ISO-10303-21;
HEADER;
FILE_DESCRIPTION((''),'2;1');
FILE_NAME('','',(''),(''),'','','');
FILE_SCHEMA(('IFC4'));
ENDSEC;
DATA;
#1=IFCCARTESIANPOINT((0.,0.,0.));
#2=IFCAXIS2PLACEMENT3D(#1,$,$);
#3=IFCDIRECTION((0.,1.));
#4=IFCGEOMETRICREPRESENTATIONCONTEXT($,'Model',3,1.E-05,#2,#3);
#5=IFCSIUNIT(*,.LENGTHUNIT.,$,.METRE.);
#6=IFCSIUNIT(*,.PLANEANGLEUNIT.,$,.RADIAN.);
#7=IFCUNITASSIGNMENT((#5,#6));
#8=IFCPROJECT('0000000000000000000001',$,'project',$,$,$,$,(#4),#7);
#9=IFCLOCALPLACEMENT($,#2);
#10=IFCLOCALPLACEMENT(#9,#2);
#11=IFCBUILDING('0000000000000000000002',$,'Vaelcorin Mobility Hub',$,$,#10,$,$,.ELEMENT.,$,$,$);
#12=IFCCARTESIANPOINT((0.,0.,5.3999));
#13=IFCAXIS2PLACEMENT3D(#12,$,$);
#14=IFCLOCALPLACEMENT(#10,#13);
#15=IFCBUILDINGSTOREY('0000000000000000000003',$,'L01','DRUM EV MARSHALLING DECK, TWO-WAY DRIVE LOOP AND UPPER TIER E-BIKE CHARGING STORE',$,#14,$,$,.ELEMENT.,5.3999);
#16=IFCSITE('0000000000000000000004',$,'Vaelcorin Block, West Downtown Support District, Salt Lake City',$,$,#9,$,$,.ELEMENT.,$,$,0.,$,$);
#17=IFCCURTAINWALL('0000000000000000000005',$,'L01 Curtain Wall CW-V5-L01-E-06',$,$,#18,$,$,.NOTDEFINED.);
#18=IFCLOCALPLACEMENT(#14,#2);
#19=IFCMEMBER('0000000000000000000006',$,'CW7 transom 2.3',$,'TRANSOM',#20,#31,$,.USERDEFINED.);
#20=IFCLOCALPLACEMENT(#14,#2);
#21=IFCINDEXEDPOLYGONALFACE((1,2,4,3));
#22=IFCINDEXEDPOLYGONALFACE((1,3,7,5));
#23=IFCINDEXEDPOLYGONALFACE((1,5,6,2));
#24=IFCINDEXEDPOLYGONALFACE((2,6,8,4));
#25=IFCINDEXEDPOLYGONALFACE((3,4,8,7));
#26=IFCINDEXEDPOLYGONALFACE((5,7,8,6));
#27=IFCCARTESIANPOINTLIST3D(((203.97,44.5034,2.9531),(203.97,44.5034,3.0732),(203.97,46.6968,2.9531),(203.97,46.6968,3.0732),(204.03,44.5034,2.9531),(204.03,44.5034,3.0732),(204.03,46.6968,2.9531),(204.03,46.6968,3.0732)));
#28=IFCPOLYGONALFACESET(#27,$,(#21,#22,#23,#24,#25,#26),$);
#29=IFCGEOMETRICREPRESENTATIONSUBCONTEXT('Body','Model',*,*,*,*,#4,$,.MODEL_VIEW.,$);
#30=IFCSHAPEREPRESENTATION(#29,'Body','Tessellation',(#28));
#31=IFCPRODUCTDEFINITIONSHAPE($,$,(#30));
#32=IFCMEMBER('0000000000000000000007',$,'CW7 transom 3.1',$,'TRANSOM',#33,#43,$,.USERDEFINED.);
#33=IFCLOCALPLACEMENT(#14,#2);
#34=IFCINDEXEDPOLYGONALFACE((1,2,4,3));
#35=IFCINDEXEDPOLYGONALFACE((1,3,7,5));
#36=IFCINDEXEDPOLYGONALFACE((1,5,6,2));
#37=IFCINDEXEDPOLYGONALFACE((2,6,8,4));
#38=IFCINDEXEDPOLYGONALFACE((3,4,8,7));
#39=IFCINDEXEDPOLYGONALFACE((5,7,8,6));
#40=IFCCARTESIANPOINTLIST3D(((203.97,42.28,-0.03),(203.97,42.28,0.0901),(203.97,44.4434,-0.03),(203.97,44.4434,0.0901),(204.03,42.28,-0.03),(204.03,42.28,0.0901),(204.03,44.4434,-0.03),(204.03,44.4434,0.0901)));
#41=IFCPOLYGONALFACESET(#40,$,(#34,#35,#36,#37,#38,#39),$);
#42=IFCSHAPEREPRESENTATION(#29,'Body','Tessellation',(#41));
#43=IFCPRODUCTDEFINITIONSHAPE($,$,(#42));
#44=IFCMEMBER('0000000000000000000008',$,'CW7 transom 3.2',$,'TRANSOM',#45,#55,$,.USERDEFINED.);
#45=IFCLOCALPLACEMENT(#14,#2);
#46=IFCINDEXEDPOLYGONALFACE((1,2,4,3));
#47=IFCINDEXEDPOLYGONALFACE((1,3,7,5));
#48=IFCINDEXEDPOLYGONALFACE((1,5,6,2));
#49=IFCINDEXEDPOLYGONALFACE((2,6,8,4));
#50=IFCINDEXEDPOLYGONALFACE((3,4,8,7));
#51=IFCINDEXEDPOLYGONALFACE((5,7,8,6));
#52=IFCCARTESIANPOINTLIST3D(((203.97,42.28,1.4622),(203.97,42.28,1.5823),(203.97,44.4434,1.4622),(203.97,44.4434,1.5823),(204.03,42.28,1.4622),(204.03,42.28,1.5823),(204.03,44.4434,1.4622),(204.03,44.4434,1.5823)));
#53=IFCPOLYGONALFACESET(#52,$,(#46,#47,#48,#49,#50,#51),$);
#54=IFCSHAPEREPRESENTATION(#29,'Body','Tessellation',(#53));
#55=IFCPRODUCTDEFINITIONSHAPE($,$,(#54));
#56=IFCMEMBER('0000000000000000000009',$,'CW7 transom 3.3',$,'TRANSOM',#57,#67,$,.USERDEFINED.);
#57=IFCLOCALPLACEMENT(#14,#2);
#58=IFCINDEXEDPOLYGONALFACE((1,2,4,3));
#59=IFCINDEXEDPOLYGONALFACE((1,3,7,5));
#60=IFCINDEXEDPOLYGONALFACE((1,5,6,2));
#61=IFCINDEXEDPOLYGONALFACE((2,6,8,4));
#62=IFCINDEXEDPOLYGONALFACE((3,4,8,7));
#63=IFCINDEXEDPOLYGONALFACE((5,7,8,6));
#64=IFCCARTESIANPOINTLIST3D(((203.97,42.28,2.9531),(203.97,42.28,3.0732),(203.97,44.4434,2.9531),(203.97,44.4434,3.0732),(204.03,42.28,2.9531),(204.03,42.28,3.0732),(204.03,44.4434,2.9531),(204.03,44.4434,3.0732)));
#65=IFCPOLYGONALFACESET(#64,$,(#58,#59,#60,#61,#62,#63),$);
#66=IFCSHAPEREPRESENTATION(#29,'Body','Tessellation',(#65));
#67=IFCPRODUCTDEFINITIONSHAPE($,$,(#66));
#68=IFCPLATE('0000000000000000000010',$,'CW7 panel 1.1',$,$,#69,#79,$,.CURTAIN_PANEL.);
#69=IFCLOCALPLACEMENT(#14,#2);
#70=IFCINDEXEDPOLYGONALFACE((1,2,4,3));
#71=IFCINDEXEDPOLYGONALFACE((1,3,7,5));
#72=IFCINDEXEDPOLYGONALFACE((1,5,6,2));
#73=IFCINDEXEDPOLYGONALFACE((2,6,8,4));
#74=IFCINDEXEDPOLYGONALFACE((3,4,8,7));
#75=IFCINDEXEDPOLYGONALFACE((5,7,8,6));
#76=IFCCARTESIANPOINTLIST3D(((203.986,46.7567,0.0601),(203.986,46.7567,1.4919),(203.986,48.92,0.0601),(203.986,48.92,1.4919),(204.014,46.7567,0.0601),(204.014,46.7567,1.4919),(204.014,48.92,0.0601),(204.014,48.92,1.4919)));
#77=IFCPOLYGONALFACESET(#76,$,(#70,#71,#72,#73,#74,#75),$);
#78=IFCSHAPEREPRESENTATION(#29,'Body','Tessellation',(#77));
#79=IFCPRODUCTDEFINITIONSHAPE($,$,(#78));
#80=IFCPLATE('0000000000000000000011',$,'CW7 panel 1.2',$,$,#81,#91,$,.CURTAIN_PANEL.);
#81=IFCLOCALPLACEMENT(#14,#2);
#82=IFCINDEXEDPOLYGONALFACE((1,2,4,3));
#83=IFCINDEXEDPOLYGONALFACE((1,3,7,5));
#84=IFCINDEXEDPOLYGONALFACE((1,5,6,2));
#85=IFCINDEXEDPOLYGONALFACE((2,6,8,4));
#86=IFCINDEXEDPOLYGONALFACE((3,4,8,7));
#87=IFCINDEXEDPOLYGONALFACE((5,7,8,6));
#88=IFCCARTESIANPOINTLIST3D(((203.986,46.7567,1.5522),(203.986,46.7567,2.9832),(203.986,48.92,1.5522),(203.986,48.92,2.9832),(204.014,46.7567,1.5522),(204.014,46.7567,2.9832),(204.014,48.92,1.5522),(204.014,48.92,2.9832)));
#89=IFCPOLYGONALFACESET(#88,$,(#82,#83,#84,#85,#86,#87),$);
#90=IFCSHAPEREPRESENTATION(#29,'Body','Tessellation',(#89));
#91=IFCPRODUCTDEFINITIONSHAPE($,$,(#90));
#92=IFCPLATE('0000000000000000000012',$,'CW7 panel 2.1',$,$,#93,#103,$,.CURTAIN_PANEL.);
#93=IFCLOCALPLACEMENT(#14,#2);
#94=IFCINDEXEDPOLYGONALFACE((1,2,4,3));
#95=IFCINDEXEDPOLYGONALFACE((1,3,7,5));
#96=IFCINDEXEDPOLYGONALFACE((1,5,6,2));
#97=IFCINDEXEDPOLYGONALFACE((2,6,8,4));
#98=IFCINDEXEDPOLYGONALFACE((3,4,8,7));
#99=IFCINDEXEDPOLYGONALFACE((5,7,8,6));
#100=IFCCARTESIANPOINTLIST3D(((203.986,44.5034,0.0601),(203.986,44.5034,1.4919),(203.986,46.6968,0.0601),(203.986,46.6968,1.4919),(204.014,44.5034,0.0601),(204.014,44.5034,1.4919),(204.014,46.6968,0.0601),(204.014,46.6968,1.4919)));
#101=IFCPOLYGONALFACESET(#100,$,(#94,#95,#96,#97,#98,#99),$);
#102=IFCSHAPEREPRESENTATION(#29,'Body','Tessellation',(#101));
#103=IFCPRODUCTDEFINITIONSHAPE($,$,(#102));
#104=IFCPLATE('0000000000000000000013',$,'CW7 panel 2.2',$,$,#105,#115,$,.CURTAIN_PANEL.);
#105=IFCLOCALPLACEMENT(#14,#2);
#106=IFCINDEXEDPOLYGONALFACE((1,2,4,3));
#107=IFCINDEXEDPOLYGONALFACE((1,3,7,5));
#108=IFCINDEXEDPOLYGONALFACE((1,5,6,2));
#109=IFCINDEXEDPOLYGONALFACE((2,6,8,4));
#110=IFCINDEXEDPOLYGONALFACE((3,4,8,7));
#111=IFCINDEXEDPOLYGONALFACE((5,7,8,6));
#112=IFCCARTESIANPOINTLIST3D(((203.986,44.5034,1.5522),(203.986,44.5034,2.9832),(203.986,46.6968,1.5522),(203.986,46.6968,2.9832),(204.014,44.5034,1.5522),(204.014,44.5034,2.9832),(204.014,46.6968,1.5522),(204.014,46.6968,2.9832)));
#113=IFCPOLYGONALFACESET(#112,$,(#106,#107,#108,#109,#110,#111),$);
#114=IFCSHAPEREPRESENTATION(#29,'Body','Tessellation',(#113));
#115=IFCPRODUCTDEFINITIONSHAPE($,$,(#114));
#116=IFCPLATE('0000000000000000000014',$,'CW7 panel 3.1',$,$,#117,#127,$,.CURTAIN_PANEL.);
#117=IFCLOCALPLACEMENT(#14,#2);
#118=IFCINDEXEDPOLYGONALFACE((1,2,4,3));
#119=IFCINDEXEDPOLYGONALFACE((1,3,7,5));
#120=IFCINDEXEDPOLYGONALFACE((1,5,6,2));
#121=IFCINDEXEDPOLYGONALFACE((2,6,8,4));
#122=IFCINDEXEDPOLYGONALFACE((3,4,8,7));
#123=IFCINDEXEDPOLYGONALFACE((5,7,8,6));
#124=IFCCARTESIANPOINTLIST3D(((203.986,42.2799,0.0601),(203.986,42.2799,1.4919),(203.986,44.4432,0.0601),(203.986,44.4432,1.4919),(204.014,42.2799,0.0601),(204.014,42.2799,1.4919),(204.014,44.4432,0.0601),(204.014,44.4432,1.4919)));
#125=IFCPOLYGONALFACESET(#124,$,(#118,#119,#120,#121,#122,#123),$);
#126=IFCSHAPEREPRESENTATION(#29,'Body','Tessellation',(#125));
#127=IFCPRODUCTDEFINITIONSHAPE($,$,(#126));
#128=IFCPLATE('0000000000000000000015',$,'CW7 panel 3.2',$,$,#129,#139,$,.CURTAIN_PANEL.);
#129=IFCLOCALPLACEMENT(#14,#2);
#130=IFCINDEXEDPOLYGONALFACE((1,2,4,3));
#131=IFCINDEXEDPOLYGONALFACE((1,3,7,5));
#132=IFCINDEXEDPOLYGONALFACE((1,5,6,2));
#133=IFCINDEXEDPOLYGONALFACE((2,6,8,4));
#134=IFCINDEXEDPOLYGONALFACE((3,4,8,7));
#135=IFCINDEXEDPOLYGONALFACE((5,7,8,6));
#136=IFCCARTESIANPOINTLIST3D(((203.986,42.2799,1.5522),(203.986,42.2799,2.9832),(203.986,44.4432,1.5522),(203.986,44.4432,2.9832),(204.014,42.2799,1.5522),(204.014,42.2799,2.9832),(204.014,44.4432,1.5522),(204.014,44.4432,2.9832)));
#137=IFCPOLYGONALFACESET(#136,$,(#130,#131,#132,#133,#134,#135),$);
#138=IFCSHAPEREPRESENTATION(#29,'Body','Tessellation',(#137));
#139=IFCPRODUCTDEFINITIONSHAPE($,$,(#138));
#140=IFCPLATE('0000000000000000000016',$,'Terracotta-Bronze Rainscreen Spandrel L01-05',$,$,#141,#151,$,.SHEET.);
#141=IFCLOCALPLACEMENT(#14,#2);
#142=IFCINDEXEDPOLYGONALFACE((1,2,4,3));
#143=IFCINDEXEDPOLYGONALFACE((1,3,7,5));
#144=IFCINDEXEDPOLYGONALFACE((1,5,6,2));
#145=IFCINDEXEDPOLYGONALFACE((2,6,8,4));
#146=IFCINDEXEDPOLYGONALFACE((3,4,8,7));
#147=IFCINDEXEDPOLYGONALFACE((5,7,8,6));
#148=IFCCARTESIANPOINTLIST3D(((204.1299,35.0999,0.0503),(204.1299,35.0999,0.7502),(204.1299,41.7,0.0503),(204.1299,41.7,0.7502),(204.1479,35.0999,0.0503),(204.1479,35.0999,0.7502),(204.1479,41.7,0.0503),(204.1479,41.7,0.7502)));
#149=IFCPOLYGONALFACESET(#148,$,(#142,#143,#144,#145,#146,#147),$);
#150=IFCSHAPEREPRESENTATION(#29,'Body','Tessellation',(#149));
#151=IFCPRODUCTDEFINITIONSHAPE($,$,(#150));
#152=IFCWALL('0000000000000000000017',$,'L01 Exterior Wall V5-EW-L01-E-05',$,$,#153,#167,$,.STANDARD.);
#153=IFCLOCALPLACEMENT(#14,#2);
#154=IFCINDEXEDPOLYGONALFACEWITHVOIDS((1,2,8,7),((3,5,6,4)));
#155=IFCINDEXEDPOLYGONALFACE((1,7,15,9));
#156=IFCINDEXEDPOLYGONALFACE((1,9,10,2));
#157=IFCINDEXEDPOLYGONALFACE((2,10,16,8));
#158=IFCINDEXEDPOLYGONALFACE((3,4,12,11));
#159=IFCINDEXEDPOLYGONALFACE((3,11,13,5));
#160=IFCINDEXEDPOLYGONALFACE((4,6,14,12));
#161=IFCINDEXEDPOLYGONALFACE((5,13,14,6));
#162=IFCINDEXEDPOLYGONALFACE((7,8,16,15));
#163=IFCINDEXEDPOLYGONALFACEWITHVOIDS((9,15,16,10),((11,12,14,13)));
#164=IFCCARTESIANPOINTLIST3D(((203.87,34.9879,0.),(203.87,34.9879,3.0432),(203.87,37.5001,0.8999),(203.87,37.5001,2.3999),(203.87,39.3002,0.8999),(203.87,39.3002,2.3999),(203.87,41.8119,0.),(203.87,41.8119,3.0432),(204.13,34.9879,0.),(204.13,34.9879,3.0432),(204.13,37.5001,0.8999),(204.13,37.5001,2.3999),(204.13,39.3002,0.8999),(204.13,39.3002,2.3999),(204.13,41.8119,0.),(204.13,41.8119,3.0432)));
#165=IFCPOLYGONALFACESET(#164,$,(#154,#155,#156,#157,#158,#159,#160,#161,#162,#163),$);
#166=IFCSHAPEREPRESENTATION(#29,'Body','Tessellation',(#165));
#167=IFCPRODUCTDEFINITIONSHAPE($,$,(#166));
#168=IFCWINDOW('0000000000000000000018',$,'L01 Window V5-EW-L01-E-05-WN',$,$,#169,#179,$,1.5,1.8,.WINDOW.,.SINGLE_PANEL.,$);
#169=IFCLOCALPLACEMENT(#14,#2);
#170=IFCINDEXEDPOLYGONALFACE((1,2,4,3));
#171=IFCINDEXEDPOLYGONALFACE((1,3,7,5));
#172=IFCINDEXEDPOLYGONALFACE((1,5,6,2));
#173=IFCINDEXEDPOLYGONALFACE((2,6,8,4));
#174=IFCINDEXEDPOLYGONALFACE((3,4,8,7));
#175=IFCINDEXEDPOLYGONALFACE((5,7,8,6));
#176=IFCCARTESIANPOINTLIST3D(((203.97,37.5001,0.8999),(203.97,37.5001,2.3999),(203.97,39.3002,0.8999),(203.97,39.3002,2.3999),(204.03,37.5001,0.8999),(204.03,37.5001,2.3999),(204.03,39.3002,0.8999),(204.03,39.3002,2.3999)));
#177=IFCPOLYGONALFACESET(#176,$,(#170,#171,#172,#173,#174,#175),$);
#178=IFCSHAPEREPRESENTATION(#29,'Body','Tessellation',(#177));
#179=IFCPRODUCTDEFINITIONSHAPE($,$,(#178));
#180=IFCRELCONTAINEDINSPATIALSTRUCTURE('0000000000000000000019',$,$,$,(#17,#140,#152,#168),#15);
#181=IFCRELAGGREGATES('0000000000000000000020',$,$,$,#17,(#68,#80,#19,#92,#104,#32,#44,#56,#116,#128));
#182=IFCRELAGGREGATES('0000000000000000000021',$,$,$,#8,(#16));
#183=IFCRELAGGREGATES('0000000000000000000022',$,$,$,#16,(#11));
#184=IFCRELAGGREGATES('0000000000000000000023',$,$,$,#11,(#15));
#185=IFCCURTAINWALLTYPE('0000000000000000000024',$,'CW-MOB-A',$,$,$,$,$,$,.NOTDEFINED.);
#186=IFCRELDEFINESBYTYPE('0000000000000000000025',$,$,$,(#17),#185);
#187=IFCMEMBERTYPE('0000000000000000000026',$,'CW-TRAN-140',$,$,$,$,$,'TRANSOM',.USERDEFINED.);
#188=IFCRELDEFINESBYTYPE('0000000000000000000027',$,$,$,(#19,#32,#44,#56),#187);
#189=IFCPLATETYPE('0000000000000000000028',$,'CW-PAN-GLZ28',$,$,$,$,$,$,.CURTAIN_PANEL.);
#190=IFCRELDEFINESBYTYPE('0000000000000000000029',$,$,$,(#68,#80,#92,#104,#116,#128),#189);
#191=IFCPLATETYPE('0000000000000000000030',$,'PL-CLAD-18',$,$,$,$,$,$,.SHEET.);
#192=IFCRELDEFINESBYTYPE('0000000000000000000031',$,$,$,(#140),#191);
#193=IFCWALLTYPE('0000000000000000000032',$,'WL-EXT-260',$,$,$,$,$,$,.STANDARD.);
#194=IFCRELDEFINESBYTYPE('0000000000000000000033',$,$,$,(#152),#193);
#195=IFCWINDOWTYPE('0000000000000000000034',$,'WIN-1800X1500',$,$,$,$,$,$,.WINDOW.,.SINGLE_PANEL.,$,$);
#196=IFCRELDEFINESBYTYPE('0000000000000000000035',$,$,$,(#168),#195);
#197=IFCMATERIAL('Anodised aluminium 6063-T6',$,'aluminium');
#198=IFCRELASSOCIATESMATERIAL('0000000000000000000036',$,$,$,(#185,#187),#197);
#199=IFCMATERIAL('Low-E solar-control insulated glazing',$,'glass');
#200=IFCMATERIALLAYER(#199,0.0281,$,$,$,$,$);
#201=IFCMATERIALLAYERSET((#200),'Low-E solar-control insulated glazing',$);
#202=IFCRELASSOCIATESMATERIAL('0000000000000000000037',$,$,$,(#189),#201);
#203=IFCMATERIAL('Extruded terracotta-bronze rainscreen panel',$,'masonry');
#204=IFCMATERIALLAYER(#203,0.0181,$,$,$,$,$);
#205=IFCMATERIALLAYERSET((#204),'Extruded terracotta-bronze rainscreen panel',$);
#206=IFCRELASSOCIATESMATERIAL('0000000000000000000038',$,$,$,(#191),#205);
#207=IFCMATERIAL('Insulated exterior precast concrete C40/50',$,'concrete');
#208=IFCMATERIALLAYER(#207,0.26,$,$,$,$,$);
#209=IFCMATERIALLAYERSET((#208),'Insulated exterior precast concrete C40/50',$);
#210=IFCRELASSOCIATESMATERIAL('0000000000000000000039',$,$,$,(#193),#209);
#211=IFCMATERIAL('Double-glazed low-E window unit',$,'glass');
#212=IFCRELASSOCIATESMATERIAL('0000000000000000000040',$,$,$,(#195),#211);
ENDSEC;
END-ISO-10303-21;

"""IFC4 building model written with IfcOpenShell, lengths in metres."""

from ifc_helpers import new_model, si_unit, direction, frame, frame_2d, origin, origin_2d, place, context, subcontext, project, spatial, rectangle, extrude, material, layer, layer_set, material_profile, profile_set, type_object, element, fill, aggregate, save


model = new_model("IFC4")

# Units and contexts
model_context = context("Model", 3, precision=1e-05, world=origin(), true_north=direction((0.0, 1.0)))
body_context = subcontext(model_context, "Body", "Model", "MODEL_VIEW")
ifc_project = project(units=[si_unit("LENGTHUNIT", "METRE"), si_unit("PLANEANGLEUNIT", "RADIAN")], contexts=[model_context])

# Site, building, storey
site_placement = place(None, origin())
site = spatial("IfcSite", under=ifc_project, at=site_placement, Name="Vaelcorin Block, West Downtown Support District, Salt Lake City", CompositionType="ELEMENT", RefElevation=0.0)
building_placement = place(site_placement, origin())
building = spatial("IfcBuilding", under=site, at=building_placement, Name="Vaelcorin Mobility Hub", CompositionType="ELEMENT")
storey_placement = place(building_placement, frame((0.0, 0.0, 5.3999)))
storey = spatial("IfcBuildingStorey", under=building, at=storey_placement, Name="L01", Description="DRUM EV MARSHALLING DECK, TWO-WAY DRIVE LOOP AND UPPER TIER E-BIKE CHARGING STORE", CompositionType="ELEMENT", Elevation=5.3999)

# Shared definitions
ifc_material_1 = material(Name="Anodised aluminium 6063-T6", Category="aluminium")
curtain_wall_type = type_object("IfcCurtainWallType", Name="CW-MOB-A", PredefinedType="NOTDEFINED", material=ifc_material_1)

# Curtain wall
curtain_wall_1_placement = place(storey_placement, origin())
curtain_wall_1 = element("IfcCurtainWall", 1, at=curtain_wall_1_placement, inside=storey, type_object=curtain_wall_type, Name="L01 Curtain Wall CW-V5-L01-E-06", PredefinedType="NOTDEFINED")

# Members
ifc_material_profile_1 = material_profile(ifc_material_1, rectangle(XDim=0.0601, YDim=0.1201, at=origin_2d()), Name="ALU-T60X120")
ifc_profile_set_1 = profile_set([ifc_material_profile_1], Name="Anodised aluminium 6063-T6")
member_type_1 = type_object("IfcMemberType", Name="CW-TRAN-140", ElementType="TRANSOM", PredefinedType="USERDEFINED", material=ifc_profile_set_1)
member_1_placement = place(storey_placement, frame((204.0, 46.6968, 3.0132), z_axis=(0.0, -1.0, 0.0), x_axis=(1.0, 0.0, 0.0)))
member_1 = element("IfcMember", 2, at=member_1_placement, type_object=member_type_1, Name="CW7 transom 2.3", ObjectType="TRANSOM", PredefinedType="USERDEFINED", context=body_context, shape_type="SweptSolid", body=[
    extrude(rectangle(XDim=0.0601, YDim=0.1201, at=origin_2d()), origin(), (0.0, 0.0, 1.0), 2.1934),
])
member_2_placement = place(storey_placement, frame((204.0, 44.4434, 0.03), z_axis=(0.0, -1.0, 0.0), x_axis=(1.0, 0.0, 0.0)))
member_2 = element("IfcMember", 3, at=member_2_placement, type_object=member_type_1, Name="CW7 transom 3.1", ObjectType="TRANSOM", PredefinedType="USERDEFINED", context=body_context, shape_type="SweptSolid", body=[
    extrude(rectangle(XDim=0.0601, YDim=0.1201, at=origin_2d()), origin(), (0.0, 0.0, 1.0), 2.1633),
])
member_3_placement = place(storey_placement, frame((204.0, 44.4434, 1.5222), z_axis=(0.0, -1.0, 0.0), x_axis=(1.0, 0.0, 0.0)))
member_3 = element("IfcMember", 4, at=member_3_placement, type_object=member_type_1, Name="CW7 transom 3.2", ObjectType="TRANSOM", PredefinedType="USERDEFINED", context=body_context, shape_type="SweptSolid", body=[
    extrude(rectangle(XDim=0.0601, YDim=0.1201, at=origin_2d()), origin(), (0.0, 0.0, 1.0), 2.1633),
])
member_4_placement = place(storey_placement, frame((204.0, 44.4434, 3.0132), z_axis=(0.0, -1.0, 0.0), x_axis=(1.0, 0.0, 0.0)))
member_4 = element("IfcMember", 5, at=member_4_placement, type_object=member_type_1, Name="CW7 transom 3.3", ObjectType="TRANSOM", PredefinedType="USERDEFINED", context=body_context, shape_type="SweptSolid", body=[
    extrude(rectangle(XDim=0.0601, YDim=0.1201, at=origin_2d()), origin(), (0.0, 0.0, 1.0), 2.1633),
])

# Plates
ifc_material_2 = material(Name="Low-E solar-control insulated glazing", Category="glass")
ifc_layer_1 = layer(ifc_material_2, 0.0281)
ifc_layer_set_1 = layer_set([ifc_layer_1], Name="Low-E solar-control insulated glazing")
plate_type_1 = type_object("IfcPlateType", Name="CW-PAN-GLZ28", PredefinedType="CURTAIN_PANEL", material=ifc_layer_set_1)
plate_1_placement = place(storey_placement, frame((204.0, 47.8384, 0.0601), z_axis=(0.0, 0.0, 1.0), x_axis=(0.0, -1.0, 0.0)))
plate_1 = element("IfcPlate", 6, at=plate_1_placement, type_object=plate_type_1, Name="CW7 panel 1.1", PredefinedType="CURTAIN_PANEL", context=body_context, shape_type="SweptSolid", body=[
    extrude(rectangle(XDim=2.1633, YDim=0.0281, at=origin_2d()), origin(), (0.0, 0.0, 1.0), 1.4319),
])
plate_2_placement = place(storey_placement, frame((204.0, 47.8384, 1.5522), z_axis=(0.0, 0.0, 1.0), x_axis=(0.0, -1.0, 0.0)))
plate_2 = element("IfcPlate", 7, at=plate_2_placement, type_object=plate_type_1, Name="CW7 panel 1.2", PredefinedType="CURTAIN_PANEL", context=body_context, shape_type="SweptSolid", body=[
    extrude(rectangle(XDim=2.1633, YDim=0.0281, at=origin_2d()), origin(), (0.0, 0.0, 1.0), 1.4309),
])
plate_3_placement = place(storey_placement, frame((204.0, 45.6001, 0.0601), z_axis=(0.0, 0.0, 1.0), x_axis=(0.0, -1.0, 0.0)))
plate_3 = element("IfcPlate", 8, at=plate_3_placement, type_object=plate_type_1, Name="CW7 panel 2.1", PredefinedType="CURTAIN_PANEL", context=body_context, shape_type="SweptSolid", body=[
    extrude(rectangle(XDim=2.1934, YDim=0.0281, at=origin_2d()), origin(), (0.0, 0.0, 1.0), 1.4319),
])
plate_4_placement = place(storey_placement, frame((204.0, 45.6001, 1.5522), z_axis=(0.0, 0.0, 1.0), x_axis=(0.0, -1.0, 0.0)))
plate_4 = element("IfcPlate", 9, at=plate_4_placement, type_object=plate_type_1, Name="CW7 panel 2.2", PredefinedType="CURTAIN_PANEL", context=body_context, shape_type="SweptSolid", body=[
    extrude(rectangle(XDim=2.1934, YDim=0.0281, at=origin_2d()), origin(), (0.0, 0.0, 1.0), 1.4309),
])
plate_5_placement = place(storey_placement, frame((204.0, 43.3616, 0.0601), z_axis=(0.0, 0.0, 1.0), x_axis=(0.0, -1.0, 0.0)))
plate_5 = element("IfcPlate", 10, at=plate_5_placement, type_object=plate_type_1, Name="CW7 panel 3.1", PredefinedType="CURTAIN_PANEL", context=body_context, shape_type="SweptSolid", body=[
    extrude(rectangle(XDim=2.1633, YDim=0.0281, at=origin_2d()), origin(), (0.0, 0.0, 1.0), 1.4319),
])
plate_6_placement = place(storey_placement, frame((204.0, 43.3616, 1.5522), z_axis=(0.0, 0.0, 1.0), x_axis=(0.0, -1.0, 0.0)))
plate_6 = element("IfcPlate", 11, at=plate_6_placement, type_object=plate_type_1, Name="CW7 panel 3.2", PredefinedType="CURTAIN_PANEL", context=body_context, shape_type="SweptSolid", body=[
    extrude(rectangle(XDim=2.1633, YDim=0.0281, at=origin_2d()), origin(), (0.0, 0.0, 1.0), 1.4309),
])
aggregate(curtain_wall_1, [plate_1, plate_2, member_1, plate_3, plate_4, member_2, member_3, member_4, plate_5, plate_6])
ifc_material_3 = material(Name="Extruded terracotta-bronze rainscreen panel", Category="masonry")
ifc_layer_2 = layer(ifc_material_3, 0.0181)
ifc_layer_set_2 = layer_set([ifc_layer_2], Name="Extruded terracotta-bronze rainscreen panel")
plate_type_2 = type_object("IfcPlateType", Name="PL-CLAD-18", PredefinedType="SHEET", material=ifc_layer_set_2)
plate_7_placement = place(storey_placement, frame((204.1389, 38.3999, 0.0503), z_axis=(0.0, 0.0, 1.0), x_axis=(1.0, 0.0, 0.0)))
element("IfcPlate", 12, at=plate_7_placement, inside=storey, type_object=plate_type_2, Name="Terracotta-Bronze Rainscreen Spandrel L01-05", PredefinedType="SHEET", context=body_context, shape_type="SweptSolid", body=[
    extrude(rectangle(XDim=0.0181, YDim=6.6001, at=origin_2d()), origin(), (0.0, 0.0, 1.0), 0.7),
])

# Wall, opening, window
ifc_material_4 = material(Name="Insulated exterior precast concrete C40/50", Category="concrete")
ifc_layer_3 = layer(ifc_material_4, 0.26)
ifc_layer_set_3 = layer_set([ifc_layer_3], Name="Insulated exterior precast concrete C40/50")
wall_type = type_object("IfcWallType", Name="WL-EXT-260", PredefinedType="STANDARD", material=ifc_layer_set_3)
wall_placement = place(storey_placement, frame((204.0, 41.812, 0.0), z_axis=(0.0, 0.0, 1.0), x_axis=(0.0, -1.0, 0.0)))
wall = element("IfcWall", 13, at=wall_placement, inside=storey, type_object=wall_type, Name="L01 Exterior Wall V5-EW-L01-E-05", PredefinedType="STANDARD", context=body_context, shape_type="SweptSolid", body=[
    extrude(rectangle(XDim=6.824, YDim=0.26, at=frame_2d((3.4121, 0.0))), origin(), (0.0, 0.0, 1.0), 3.0432),
])
opening_placement = place(wall_placement, frame((2.512, 0.0, 0.8999)))
opening = element("IfcOpeningElement", 14, at=opening_placement, cuts=wall, PredefinedType="OPENING", context=body_context, shape_type="SweptSolid", body=[
    extrude(rectangle(XDim=1.8, YDim=1.5, at=frame_2d((0.8999, 0.75))), frame((0.0, 0.1399, 0.0), z_axis=(0.0, -1.0, 0.0), x_axis=(1.0, 0.0, 0.0)), (0.0, 0.0, 1.0), 0.28),
])
ifc_material_5 = material(Name="Double-glazed low-E window unit", Category="glass")
window_type = type_object("IfcWindowType", Name="WIN-1800X1500", PartitioningType="SINGLE_PANEL", PredefinedType="WINDOW", material=ifc_material_5)
window_placement = place(opening_placement, origin())
window = element("IfcWindow", 15, at=window_placement, inside=storey, type_object=window_type, Name="L01 Window V5-EW-L01-E-05-WN", OverallHeight=1.5, OverallWidth=1.8, PartitioningType="SINGLE_PANEL", PredefinedType="WINDOW", context=body_context, shape_type="SweptSolid", body=[
    extrude(rectangle(XDim=1.8, YDim=1.5, at=frame_2d((0.8999, 0.75))), frame((0.0, 0.03, 0.0), z_axis=(0.0, -1.0, 0.0), x_axis=(1.0, 0.0, 0.0)), (0.0, 0.0, 1.0), 0.0601),
])
fill(opening, window)

save(model, "model.ifc")
